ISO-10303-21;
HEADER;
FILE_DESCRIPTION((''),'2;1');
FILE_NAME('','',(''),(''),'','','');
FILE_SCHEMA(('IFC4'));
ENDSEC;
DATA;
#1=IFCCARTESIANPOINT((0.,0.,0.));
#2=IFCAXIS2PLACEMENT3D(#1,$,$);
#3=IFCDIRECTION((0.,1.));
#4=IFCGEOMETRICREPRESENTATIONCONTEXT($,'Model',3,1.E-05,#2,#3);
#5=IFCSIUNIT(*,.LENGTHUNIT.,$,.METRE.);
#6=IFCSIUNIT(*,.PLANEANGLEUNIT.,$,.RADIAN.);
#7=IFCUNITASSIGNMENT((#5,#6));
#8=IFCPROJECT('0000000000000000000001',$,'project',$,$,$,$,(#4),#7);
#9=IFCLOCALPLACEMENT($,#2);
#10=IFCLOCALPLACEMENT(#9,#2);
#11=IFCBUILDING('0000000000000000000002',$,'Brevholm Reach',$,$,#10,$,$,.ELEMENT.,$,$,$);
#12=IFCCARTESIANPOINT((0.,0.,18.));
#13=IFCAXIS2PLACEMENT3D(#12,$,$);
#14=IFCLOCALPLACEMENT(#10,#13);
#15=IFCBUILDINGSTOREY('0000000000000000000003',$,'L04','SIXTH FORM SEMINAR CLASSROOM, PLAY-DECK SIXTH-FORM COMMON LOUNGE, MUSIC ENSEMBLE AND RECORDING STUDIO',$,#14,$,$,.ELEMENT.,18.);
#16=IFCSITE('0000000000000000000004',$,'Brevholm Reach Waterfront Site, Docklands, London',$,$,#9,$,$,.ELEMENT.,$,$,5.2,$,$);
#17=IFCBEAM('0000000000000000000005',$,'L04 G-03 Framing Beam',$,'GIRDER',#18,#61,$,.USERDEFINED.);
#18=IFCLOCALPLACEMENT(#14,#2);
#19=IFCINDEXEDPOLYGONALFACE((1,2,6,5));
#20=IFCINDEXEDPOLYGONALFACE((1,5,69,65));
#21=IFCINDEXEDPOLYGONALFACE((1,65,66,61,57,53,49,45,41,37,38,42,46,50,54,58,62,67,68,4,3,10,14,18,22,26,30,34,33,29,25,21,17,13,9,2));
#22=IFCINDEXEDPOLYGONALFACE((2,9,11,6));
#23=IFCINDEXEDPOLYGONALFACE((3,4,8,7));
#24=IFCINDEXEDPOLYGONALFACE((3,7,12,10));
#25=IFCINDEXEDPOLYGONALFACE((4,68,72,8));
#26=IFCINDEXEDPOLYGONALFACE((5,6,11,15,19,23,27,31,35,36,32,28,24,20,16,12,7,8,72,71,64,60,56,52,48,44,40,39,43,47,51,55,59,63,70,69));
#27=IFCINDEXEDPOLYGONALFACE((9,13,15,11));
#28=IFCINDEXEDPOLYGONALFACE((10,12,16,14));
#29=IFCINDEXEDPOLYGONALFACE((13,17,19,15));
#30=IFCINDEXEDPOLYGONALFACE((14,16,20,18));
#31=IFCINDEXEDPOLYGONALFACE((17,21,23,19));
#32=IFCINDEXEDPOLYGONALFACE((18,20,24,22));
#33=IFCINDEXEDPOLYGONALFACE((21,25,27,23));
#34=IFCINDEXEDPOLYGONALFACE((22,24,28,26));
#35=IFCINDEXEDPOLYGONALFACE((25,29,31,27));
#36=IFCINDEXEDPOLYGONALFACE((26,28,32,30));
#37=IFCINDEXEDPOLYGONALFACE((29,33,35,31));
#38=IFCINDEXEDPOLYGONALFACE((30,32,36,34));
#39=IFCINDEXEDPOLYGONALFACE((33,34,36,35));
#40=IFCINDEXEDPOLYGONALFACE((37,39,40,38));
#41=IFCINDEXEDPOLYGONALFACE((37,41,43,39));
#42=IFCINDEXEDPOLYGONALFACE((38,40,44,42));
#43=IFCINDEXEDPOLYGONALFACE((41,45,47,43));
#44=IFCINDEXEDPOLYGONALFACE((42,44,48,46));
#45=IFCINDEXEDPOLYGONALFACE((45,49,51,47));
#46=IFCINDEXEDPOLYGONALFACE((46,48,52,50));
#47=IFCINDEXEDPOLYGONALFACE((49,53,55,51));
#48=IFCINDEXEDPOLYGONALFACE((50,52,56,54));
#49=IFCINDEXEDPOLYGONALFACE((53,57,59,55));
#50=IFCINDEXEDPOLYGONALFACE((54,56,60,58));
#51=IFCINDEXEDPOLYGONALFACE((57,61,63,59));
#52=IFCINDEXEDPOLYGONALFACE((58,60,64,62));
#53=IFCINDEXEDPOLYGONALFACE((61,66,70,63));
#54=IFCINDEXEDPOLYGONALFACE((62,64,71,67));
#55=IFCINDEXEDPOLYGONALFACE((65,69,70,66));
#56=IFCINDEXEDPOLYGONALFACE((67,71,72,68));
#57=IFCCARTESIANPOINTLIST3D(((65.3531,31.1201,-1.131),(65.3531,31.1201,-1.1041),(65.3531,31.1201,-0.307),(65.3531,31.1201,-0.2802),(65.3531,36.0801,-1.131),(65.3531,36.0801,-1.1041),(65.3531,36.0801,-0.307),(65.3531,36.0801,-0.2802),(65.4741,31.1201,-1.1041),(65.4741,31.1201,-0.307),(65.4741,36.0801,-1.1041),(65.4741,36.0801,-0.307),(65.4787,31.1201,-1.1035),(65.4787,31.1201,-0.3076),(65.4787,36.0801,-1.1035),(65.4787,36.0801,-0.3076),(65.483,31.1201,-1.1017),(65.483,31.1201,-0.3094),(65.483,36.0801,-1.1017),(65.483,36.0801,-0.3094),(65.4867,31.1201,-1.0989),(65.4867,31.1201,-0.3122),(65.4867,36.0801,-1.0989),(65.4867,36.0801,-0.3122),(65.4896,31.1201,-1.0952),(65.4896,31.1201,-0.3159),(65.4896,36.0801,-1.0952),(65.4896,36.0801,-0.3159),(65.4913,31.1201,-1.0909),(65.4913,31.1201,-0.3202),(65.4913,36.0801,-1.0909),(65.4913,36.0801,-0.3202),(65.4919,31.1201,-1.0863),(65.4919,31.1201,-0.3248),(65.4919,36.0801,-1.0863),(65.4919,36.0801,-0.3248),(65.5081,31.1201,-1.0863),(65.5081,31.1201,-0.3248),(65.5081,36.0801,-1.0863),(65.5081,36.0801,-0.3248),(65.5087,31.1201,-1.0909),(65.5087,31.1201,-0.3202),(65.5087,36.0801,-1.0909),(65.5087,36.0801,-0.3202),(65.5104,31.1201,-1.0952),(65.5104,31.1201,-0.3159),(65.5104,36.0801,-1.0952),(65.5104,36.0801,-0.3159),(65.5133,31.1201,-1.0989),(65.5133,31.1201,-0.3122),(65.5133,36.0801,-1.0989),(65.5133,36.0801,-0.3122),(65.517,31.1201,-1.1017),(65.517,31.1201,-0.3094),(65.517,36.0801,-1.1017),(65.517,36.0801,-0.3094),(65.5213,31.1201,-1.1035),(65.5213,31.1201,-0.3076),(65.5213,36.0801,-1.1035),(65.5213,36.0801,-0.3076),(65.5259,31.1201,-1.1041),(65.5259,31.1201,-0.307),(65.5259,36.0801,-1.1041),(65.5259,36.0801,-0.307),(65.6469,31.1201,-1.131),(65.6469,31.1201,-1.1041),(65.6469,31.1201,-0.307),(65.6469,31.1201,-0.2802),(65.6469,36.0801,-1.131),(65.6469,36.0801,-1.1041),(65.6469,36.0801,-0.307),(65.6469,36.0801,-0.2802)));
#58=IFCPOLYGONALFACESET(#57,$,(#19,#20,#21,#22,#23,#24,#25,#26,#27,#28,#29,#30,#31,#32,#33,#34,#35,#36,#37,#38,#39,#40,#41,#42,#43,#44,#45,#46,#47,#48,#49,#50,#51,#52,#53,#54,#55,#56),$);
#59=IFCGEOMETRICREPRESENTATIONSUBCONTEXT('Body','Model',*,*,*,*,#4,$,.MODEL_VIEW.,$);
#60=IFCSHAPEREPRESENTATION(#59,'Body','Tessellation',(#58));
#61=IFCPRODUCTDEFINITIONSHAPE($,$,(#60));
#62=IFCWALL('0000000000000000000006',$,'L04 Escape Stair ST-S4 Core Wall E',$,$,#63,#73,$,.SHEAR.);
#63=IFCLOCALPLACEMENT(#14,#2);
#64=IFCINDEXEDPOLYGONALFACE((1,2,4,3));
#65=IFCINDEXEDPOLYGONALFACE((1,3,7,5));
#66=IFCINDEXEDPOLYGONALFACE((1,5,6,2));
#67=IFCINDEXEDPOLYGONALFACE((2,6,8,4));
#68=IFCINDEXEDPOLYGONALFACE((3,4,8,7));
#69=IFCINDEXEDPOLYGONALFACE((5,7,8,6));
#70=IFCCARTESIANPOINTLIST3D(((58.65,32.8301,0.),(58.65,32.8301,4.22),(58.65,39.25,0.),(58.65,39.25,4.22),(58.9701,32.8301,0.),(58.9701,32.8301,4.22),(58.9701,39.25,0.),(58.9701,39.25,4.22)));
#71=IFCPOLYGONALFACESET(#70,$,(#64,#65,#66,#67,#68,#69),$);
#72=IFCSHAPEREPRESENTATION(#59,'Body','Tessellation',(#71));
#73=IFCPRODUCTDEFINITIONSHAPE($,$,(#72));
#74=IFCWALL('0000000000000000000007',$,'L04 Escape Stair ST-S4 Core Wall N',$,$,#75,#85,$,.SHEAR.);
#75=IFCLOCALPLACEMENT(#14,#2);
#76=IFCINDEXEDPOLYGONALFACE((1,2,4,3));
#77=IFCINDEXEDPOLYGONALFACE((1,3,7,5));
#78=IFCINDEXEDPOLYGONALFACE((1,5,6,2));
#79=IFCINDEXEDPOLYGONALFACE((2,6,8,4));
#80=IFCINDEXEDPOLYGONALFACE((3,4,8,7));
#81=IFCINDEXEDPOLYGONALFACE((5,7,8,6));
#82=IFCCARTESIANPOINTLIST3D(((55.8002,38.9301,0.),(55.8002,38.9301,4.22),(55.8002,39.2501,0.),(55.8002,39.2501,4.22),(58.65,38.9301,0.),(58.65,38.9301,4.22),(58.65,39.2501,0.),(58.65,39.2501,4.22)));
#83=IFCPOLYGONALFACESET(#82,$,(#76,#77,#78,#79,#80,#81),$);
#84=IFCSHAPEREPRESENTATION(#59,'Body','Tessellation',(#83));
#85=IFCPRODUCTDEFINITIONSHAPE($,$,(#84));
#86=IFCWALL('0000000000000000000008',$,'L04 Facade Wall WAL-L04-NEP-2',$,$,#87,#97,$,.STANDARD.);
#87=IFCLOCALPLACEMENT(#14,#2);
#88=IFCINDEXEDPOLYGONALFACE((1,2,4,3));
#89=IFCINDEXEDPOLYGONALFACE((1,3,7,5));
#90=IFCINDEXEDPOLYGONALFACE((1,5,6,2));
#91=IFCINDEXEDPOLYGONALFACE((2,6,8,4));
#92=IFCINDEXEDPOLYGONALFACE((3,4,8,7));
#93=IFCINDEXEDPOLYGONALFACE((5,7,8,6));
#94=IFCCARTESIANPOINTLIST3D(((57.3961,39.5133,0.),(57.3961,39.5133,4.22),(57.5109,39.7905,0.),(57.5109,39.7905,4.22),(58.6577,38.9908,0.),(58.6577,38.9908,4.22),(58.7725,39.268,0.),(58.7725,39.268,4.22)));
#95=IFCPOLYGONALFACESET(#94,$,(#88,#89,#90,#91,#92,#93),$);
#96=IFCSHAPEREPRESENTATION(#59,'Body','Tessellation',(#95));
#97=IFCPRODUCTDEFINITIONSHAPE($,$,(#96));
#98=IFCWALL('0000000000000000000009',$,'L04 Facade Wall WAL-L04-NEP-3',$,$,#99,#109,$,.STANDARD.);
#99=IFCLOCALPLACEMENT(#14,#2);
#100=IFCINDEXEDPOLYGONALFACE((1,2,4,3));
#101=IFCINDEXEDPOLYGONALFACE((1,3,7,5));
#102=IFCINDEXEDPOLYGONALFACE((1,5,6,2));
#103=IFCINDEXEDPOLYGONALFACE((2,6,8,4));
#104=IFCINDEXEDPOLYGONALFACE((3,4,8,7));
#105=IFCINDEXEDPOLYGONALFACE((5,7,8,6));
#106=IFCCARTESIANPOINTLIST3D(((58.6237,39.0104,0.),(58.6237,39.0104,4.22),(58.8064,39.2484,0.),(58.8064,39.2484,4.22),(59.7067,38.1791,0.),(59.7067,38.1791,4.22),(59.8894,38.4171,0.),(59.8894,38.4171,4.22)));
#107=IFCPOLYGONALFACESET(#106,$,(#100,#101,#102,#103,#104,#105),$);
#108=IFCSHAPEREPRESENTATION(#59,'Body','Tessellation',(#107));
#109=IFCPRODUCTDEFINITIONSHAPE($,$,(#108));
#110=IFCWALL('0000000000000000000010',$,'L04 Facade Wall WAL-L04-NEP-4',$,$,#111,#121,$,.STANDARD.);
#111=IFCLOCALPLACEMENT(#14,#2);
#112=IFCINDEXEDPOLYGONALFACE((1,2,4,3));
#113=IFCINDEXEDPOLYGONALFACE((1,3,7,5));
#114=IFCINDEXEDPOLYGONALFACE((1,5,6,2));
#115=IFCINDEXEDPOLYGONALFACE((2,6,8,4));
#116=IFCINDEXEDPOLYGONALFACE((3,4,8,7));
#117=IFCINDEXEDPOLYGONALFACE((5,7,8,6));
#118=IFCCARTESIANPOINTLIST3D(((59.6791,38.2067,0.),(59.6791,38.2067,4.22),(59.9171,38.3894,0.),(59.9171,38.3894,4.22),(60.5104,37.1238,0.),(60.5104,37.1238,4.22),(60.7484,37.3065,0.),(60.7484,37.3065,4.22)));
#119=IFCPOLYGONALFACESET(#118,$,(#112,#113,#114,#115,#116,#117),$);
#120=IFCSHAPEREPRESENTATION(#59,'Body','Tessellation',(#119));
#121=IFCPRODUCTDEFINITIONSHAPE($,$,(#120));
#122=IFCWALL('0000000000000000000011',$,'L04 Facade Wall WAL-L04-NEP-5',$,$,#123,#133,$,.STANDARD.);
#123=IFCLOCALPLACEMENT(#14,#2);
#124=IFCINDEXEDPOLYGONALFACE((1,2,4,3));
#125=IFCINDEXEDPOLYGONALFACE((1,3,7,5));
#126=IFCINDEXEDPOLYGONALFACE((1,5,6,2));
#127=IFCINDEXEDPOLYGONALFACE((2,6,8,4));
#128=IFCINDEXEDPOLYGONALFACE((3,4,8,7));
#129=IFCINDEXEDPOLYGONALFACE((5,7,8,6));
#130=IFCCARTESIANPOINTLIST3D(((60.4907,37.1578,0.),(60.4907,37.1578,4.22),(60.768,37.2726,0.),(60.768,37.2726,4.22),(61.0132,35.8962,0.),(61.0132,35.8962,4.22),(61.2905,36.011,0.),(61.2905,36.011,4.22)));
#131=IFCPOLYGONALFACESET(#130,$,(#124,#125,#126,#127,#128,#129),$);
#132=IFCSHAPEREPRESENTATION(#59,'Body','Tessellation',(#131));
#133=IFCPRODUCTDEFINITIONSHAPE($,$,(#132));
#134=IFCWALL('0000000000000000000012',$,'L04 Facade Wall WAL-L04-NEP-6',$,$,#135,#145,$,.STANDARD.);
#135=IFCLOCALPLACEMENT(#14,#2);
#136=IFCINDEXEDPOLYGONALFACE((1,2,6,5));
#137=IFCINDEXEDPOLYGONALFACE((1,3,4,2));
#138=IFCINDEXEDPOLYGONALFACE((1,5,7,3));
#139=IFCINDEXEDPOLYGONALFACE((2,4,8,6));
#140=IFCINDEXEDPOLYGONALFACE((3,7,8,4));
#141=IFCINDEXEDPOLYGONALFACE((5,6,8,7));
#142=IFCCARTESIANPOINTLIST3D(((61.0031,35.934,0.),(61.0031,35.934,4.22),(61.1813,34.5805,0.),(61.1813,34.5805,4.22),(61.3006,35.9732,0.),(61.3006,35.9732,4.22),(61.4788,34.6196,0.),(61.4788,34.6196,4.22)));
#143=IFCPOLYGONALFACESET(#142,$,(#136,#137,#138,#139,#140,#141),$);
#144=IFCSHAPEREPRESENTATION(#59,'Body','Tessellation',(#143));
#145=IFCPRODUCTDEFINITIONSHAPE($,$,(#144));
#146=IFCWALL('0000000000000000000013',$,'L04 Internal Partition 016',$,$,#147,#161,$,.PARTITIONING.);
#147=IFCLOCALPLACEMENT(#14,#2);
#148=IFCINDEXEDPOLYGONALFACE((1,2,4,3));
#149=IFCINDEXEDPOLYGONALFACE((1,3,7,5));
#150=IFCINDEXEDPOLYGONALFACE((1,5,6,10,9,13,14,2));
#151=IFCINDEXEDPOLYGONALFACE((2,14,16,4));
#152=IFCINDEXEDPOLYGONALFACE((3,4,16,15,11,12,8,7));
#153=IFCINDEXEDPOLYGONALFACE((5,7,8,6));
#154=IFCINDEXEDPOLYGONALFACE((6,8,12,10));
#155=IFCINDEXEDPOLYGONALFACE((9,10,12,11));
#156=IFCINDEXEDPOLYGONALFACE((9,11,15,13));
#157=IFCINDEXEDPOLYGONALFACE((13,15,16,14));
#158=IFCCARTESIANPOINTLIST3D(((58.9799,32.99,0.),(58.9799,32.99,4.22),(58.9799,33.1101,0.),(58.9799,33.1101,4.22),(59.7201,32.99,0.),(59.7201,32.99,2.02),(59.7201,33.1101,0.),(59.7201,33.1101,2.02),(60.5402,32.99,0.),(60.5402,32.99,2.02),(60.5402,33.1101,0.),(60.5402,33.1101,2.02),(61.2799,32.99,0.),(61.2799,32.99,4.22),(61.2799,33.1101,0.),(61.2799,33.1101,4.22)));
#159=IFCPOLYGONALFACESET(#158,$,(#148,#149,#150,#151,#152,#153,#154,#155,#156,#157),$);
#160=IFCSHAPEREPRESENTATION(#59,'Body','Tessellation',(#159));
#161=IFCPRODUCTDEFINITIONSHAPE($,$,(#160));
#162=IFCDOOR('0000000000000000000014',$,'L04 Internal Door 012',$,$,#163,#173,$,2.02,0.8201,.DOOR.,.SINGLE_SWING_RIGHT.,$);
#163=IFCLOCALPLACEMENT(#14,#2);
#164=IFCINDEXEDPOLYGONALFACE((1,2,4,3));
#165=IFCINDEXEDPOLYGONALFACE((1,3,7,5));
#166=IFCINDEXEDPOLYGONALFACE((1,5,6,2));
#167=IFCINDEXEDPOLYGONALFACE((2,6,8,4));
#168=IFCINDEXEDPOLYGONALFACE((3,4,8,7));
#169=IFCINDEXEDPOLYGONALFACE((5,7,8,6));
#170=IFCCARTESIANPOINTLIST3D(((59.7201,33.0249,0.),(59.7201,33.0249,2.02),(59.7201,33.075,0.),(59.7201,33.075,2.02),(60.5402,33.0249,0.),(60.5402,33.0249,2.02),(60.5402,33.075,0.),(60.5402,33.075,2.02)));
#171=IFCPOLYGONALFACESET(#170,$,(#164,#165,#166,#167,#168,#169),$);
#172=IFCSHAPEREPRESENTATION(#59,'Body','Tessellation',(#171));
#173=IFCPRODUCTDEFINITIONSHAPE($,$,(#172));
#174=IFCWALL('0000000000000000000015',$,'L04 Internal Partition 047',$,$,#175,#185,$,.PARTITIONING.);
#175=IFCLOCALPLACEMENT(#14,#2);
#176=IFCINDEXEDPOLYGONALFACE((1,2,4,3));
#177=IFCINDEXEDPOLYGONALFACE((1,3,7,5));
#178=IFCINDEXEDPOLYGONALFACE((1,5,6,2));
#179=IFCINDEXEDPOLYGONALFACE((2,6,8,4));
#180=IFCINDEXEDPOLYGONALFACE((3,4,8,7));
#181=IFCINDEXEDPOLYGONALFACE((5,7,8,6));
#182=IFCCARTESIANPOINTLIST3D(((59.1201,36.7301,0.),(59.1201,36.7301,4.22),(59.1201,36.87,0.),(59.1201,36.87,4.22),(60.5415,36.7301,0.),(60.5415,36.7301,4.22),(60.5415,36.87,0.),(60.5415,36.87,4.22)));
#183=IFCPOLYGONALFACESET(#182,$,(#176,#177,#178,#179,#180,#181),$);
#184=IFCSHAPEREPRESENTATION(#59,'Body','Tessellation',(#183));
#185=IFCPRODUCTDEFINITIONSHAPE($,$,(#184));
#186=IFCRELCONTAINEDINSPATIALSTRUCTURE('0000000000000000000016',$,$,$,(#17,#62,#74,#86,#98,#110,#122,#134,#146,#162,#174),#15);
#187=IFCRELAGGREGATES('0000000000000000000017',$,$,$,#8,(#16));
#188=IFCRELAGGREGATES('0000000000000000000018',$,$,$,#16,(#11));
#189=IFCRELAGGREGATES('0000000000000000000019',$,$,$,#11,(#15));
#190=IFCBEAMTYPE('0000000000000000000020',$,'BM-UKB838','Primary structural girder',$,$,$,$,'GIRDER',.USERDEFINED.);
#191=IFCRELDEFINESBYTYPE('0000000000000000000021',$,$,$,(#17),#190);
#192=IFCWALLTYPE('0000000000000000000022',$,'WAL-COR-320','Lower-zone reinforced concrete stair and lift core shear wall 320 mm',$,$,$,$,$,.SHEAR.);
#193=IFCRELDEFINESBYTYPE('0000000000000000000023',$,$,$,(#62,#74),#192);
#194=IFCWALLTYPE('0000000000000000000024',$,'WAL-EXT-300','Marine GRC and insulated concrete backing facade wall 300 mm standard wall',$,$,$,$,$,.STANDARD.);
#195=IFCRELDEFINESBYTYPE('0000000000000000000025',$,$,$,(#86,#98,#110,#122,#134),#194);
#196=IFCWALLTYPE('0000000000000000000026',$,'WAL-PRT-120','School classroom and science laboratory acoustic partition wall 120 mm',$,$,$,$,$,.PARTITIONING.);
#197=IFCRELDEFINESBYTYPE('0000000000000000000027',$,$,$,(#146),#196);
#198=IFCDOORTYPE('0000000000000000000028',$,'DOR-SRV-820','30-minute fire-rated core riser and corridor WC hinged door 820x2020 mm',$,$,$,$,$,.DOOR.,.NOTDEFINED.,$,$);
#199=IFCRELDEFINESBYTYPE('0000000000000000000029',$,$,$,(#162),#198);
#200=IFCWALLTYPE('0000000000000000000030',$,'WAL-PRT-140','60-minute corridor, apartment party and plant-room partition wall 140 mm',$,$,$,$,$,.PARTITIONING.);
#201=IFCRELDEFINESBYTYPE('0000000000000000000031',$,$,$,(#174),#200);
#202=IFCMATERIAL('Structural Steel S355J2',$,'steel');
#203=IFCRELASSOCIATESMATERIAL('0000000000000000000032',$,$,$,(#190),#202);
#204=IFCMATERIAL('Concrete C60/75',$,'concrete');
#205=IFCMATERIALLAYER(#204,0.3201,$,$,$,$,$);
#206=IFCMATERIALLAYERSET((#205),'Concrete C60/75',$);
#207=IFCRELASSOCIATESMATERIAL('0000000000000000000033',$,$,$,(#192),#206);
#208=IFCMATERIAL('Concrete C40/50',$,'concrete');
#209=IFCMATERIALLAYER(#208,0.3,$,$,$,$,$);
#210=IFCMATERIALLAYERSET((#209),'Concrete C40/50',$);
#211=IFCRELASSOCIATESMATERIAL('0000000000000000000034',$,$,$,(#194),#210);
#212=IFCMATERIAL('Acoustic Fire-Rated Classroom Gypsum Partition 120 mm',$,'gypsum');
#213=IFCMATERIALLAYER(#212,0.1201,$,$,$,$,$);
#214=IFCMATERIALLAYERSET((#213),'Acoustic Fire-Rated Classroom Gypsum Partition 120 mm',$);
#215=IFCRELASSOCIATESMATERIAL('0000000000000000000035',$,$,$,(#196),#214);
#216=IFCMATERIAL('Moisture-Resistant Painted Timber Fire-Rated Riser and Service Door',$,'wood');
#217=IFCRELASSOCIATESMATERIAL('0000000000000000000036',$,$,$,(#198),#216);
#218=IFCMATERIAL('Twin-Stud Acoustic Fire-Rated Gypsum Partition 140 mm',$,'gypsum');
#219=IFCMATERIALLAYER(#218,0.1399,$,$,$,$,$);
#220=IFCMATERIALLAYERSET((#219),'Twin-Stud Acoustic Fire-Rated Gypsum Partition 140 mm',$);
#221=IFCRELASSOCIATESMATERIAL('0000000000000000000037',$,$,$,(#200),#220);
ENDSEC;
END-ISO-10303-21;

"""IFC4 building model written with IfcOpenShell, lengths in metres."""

from ifc_helpers import new_model, si_unit, direction, frame, frame_2d, origin, origin_2d, place, context, subcontext, project, spatial, rectangle, i_section, extrude, material, layer, layer_set, material_profile, profile_set, type_object, element, fill, save


model = new_model("IFC4")

# Units and contexts
model_context = context("Model", 3, precision=1e-05, world=origin(), true_north=direction((0.0, 1.0)))
body_context = subcontext(model_context, "Body", "Model", "MODEL_VIEW")
ifc_project = project(units=[si_unit("LENGTHUNIT", "METRE"), si_unit("PLANEANGLEUNIT", "RADIAN")], contexts=[model_context])

# Site, building, storey
site_placement = place(None, origin())
site = spatial("IfcSite", under=ifc_project, at=site_placement, Name="Brevholm Reach Waterfront Site, Docklands, London", CompositionType="ELEMENT", RefElevation=5.2)
building_placement = place(site_placement, origin())
building = spatial("IfcBuilding", under=site, at=building_placement, Name="Brevholm Reach", CompositionType="ELEMENT")
storey_placement = place(building_placement, frame((0.0, 0.0, 18.0)))
storey = spatial("IfcBuildingStorey", under=building, at=storey_placement, Name="L04", Description="SIXTH FORM SEMINAR CLASSROOM, PLAY-DECK SIXTH-FORM COMMON LOUNGE, MUSIC ENSEMBLE AND RECORDING STUDIO", CompositionType="ELEMENT", Elevation=18.0)

# Beam
ifc_material_1 = material(Name="Structural Steel S355J2", Category="steel")
ifc_material_profile_1 = material_profile(ifc_material_1, i_section(OverallWidth=0.2937, OverallDepth=0.8508, WebThickness=0.0161, FlangeThickness=0.0269, FilletRadius=0.0178, at=origin_2d()), Name="UKB 838x292x226")
ifc_profile_set_1 = profile_set([ifc_material_profile_1], Name="Structural Steel S355J2")
beam_type_1 = type_object("IfcBeamType", Name="BM-UKB838", Description="Primary structural girder", ElementType="GIRDER", PredefinedType="USERDEFINED", material=ifc_profile_set_1)
beam_1_placement = place(storey_placement, frame((65.5, 31.1201, -0.7056), z_axis=(0.0, 1.0, 0.0), x_axis=(-1.0, 0.0, 0.0)))
element("IfcBeam", 1, at=beam_1_placement, inside=storey, type_object=beam_type_1, Name="L04 G-03 Framing Beam", ObjectType="GIRDER", PredefinedType="USERDEFINED", context=body_context, shape_type="SweptSolid", body=[
    extrude(i_section(OverallWidth=0.2937, OverallDepth=0.8508, WebThickness=0.0161, FlangeThickness=0.0269, FilletRadius=0.0178, at=origin_2d()), origin(), (0.0, 0.0, 1.0), 4.96),
])

# Walls
ifc_material_2 = material(Name="Concrete C60/75", Category="concrete")
ifc_layer_1 = layer(ifc_material_2, 0.3201)
ifc_layer_set_1 = layer_set([ifc_layer_1], Name="Concrete C60/75")
wall_type_1 = type_object("IfcWallType", Name="WAL-COR-320", Description="Lower-zone reinforced concrete stair and lift core shear wall 320 mm", PredefinedType="SHEAR", material=ifc_layer_set_1)
wall_1_placement = place(storey_placement, frame((58.8101, 32.8301, 0.0), z_axis=(0.0, 0.0, 1.0), x_axis=(0.0, 1.0, 0.0)))
element("IfcWall", 2, at=wall_1_placement, inside=storey, type_object=wall_type_1, Name="L04 Escape Stair ST-S4 Core Wall E", PredefinedType="SHEAR", context=body_context, shape_type="SweptSolid", body=[
    extrude(rectangle(XDim=6.4199, YDim=0.3201, at=frame_2d((3.21, 0.0))), origin(), (0.0, 0.0, 1.0), 4.22),
])
wall_2_placement = place(storey_placement, frame((58.6499, 39.0901, 0.0), z_axis=(0.0, 0.0, 1.0), x_axis=(-1.0, 0.0, 0.0)))
element("IfcWall", 3, at=wall_2_placement, inside=storey, type_object=wall_type_1, Name="L04 Escape Stair ST-S4 Core Wall N", PredefinedType="SHEAR", context=body_context, shape_type="SweptSolid", body=[
    extrude(rectangle(XDim=2.8499, YDim=0.3201, at=frame_2d((1.4248, 0.0))), origin(), (0.0, 0.0, 1.0), 4.22),
])
ifc_material_3 = material(Name="Concrete C40/50", Category="concrete")
ifc_layer_2 = layer(ifc_material_3, 0.3)
ifc_layer_set_2 = layer_set([ifc_layer_2], Name="Concrete C40/50")
wall_type_2 = type_object("IfcWallType", Name="WAL-EXT-300", Description="Marine GRC and insulated concrete backing facade wall 300 mm standard wall", PredefinedType="STANDARD", material=ifc_layer_set_2)
wall_3_placement = place(storey_placement, frame((57.4536, 39.6519, 0.0), z_axis=(0.0, 0.0, 1.0), x_axis=(0.923895, -0.382647, 0.0)))
element("IfcWall", 4, at=wall_3_placement, inside=storey, type_object=wall_type_2, Name="L04 Facade Wall WAL-L04-NEP-2", PredefinedType="STANDARD", context=body_context, shape_type="SweptSolid", body=[
    extrude(rectangle(XDim=1.3655, YDim=0.3, at=frame_2d((0.6826, 0.0))), origin(), (0.0, 0.0, 1.0), 4.22),
])
for number, where, z_axis, x_axis, name in (
    (5, (58.7151, 39.1294, 0.0), (0.0, 0.0, 1.0), (0.793255, -0.608889, 0.0), "L04 Facade Wall WAL-L04-NEP-3"),
    (6, (59.7981, 38.2981, 0.0), (0.0, 0.0, 1.0), (0.608889, -0.793255, 0.0), "L04 Facade Wall WAL-L04-NEP-4"),
):
    element("IfcWall", number, at=place(storey_placement, frame(where, z_axis=z_axis, x_axis=x_axis)), inside=storey, type_object=wall_type_2, Name=name, PredefinedType="STANDARD", context=body_context, shape_type="SweptSolid", body=[
        extrude(rectangle(XDim=1.3652, YDim=0.3, at=frame_2d((0.6826, 0.0))), origin(), (0.0, 0.0, 1.0), 4.22),
    ])
wall_4_placement = place(storey_placement, frame((60.6294, 37.2151, 0.0), z_axis=(0.0, 0.0, 1.0), x_axis=(0.382647, -0.923895, 0.0)))
element("IfcWall", 7, at=wall_4_placement, inside=storey, type_object=wall_type_2, Name="L04 Facade Wall WAL-L04-NEP-5", PredefinedType="STANDARD", context=body_context, shape_type="SweptSolid", body=[
    extrude(rectangle(XDim=1.3655, YDim=0.3, at=frame_2d((0.6826, 0.0))), origin(), (0.0, 0.0, 1.0), 4.22),
])
wall_5_placement = place(storey_placement, frame((61.1519, 35.9536, 0.0), z_axis=(0.0, 0.0, 1.0), x_axis=(0.130547, -0.991442, 0.0)))
element("IfcWall", 8, at=wall_5_placement, inside=storey, type_object=wall_type_2, Name="L04 Facade Wall WAL-L04-NEP-6", PredefinedType="STANDARD", context=body_context, shape_type="SweptSolid", body=[
    extrude(rectangle(XDim=1.3652, YDim=0.3, at=frame_2d((0.6826, 0.0))), origin(), (0.0, 0.0, 1.0), 4.22),
])

# Wall, opening, door
ifc_material_4 = material(Name="Acoustic Fire-Rated Classroom Gypsum Partition 120 mm", Category="gypsum")
ifc_layer_3 = layer(ifc_material_4, 0.1201)
ifc_layer_set_3 = layer_set([ifc_layer_3], Name="Acoustic Fire-Rated Classroom Gypsum Partition 120 mm")
wall_type_3 = type_object("IfcWallType", Name="WAL-PRT-120", Description="School classroom and science laboratory acoustic partition wall 120 mm", PredefinedType="PARTITIONING", material=ifc_layer_set_3)
wall_6_placement = place(storey_placement, frame((58.98, 33.05, 0.0), z_axis=(0.0, 0.0, 1.0), x_axis=(1.0, 0.0, 0.0)))
wall_6 = element("IfcWall", 9, at=wall_6_placement, inside=storey, type_object=wall_type_3, Name="L04 Internal Partition 016", PredefinedType="PARTITIONING", context=body_context, shape_type="SweptSolid", body=[
    extrude(rectangle(XDim=2.3, YDim=0.1201, at=frame_2d((1.1499, 0.0))), origin(), (0.0, 0.0, 1.0), 4.22),
])
opening_placement = place(wall_6_placement, frame((0.74, 0.0, 0.0)))
opening = element("IfcOpeningElement", 10, at=opening_placement, cuts=wall_6, PredefinedType="OPENING", context=body_context, shape_type="SweptSolid", body=[
    extrude(rectangle(XDim=0.8201, YDim=2.02, at=frame_2d((0.4102, 1.01))), frame((0.0, 0.0701, 0.0), z_axis=(0.0, -1.0, 0.0), x_axis=(1.0, 0.0, 0.0)), (0.0, 0.0, 1.0), 0.1401),
])
ifc_material_5 = material(Name="Moisture-Resistant Painted Timber Fire-Rated Riser and Service Door", Category="wood")
door_type = type_object("IfcDoorType", Name="DOR-SRV-820", Description="30-minute fire-rated core riser and corridor WC hinged door 820x2020 mm", OperationType="NOTDEFINED", PredefinedType="DOOR", material=ifc_material_5)
door_placement = place(opening_placement, origin())
door = element("IfcDoor", 11, at=door_placement, inside=storey, type_object=door_type, Name="L04 Internal Door 012", OperationType="SINGLE_SWING_RIGHT", OverallHeight=2.02, OverallWidth=0.8201, PredefinedType="DOOR", context=body_context, shape_type="SweptSolid", body=[
    extrude(rectangle(XDim=0.8201, YDim=2.02, at=frame_2d((0.4102, 1.01))), frame((0.0, 0.0249, 0.0), z_axis=(0.0, -1.0, 0.0), x_axis=(1.0, 0.0, 0.0)), (0.0, 0.0, 1.0), 0.05),
])
fill(opening, door)

# Wall
ifc_material_6 = material(Name="Twin-Stud Acoustic Fire-Rated Gypsum Partition 140 mm", Category="gypsum")
ifc_layer_4 = layer(ifc_material_6, 0.1399)
ifc_layer_set_4 = layer_set([ifc_layer_4], Name="Twin-Stud Acoustic Fire-Rated Gypsum Partition 140 mm")
wall_type_4 = type_object("IfcWallType", Name="WAL-PRT-140", Description="60-minute corridor, apartment party and plant-room partition wall 140 mm", PredefinedType="PARTITIONING", material=ifc_layer_set_4)
wall_7_placement = place(storey_placement, frame((59.1201, 36.8, 0.0), z_axis=(0.0, 0.0, 1.0), x_axis=(1.0, 0.0, 0.0)))
element("IfcWall", 12, at=wall_7_placement, inside=storey, type_object=wall_type_4, Name="L04 Internal Partition 047", PredefinedType="PARTITIONING", context=body_context, shape_type="SweptSolid", body=[
    extrude(rectangle(XDim=1.4214, YDim=0.1399, at=frame_2d((0.7107, 0.0))), origin(), (0.0, 0.0, 1.0), 4.22),
])

save(model, "model.ifc")
